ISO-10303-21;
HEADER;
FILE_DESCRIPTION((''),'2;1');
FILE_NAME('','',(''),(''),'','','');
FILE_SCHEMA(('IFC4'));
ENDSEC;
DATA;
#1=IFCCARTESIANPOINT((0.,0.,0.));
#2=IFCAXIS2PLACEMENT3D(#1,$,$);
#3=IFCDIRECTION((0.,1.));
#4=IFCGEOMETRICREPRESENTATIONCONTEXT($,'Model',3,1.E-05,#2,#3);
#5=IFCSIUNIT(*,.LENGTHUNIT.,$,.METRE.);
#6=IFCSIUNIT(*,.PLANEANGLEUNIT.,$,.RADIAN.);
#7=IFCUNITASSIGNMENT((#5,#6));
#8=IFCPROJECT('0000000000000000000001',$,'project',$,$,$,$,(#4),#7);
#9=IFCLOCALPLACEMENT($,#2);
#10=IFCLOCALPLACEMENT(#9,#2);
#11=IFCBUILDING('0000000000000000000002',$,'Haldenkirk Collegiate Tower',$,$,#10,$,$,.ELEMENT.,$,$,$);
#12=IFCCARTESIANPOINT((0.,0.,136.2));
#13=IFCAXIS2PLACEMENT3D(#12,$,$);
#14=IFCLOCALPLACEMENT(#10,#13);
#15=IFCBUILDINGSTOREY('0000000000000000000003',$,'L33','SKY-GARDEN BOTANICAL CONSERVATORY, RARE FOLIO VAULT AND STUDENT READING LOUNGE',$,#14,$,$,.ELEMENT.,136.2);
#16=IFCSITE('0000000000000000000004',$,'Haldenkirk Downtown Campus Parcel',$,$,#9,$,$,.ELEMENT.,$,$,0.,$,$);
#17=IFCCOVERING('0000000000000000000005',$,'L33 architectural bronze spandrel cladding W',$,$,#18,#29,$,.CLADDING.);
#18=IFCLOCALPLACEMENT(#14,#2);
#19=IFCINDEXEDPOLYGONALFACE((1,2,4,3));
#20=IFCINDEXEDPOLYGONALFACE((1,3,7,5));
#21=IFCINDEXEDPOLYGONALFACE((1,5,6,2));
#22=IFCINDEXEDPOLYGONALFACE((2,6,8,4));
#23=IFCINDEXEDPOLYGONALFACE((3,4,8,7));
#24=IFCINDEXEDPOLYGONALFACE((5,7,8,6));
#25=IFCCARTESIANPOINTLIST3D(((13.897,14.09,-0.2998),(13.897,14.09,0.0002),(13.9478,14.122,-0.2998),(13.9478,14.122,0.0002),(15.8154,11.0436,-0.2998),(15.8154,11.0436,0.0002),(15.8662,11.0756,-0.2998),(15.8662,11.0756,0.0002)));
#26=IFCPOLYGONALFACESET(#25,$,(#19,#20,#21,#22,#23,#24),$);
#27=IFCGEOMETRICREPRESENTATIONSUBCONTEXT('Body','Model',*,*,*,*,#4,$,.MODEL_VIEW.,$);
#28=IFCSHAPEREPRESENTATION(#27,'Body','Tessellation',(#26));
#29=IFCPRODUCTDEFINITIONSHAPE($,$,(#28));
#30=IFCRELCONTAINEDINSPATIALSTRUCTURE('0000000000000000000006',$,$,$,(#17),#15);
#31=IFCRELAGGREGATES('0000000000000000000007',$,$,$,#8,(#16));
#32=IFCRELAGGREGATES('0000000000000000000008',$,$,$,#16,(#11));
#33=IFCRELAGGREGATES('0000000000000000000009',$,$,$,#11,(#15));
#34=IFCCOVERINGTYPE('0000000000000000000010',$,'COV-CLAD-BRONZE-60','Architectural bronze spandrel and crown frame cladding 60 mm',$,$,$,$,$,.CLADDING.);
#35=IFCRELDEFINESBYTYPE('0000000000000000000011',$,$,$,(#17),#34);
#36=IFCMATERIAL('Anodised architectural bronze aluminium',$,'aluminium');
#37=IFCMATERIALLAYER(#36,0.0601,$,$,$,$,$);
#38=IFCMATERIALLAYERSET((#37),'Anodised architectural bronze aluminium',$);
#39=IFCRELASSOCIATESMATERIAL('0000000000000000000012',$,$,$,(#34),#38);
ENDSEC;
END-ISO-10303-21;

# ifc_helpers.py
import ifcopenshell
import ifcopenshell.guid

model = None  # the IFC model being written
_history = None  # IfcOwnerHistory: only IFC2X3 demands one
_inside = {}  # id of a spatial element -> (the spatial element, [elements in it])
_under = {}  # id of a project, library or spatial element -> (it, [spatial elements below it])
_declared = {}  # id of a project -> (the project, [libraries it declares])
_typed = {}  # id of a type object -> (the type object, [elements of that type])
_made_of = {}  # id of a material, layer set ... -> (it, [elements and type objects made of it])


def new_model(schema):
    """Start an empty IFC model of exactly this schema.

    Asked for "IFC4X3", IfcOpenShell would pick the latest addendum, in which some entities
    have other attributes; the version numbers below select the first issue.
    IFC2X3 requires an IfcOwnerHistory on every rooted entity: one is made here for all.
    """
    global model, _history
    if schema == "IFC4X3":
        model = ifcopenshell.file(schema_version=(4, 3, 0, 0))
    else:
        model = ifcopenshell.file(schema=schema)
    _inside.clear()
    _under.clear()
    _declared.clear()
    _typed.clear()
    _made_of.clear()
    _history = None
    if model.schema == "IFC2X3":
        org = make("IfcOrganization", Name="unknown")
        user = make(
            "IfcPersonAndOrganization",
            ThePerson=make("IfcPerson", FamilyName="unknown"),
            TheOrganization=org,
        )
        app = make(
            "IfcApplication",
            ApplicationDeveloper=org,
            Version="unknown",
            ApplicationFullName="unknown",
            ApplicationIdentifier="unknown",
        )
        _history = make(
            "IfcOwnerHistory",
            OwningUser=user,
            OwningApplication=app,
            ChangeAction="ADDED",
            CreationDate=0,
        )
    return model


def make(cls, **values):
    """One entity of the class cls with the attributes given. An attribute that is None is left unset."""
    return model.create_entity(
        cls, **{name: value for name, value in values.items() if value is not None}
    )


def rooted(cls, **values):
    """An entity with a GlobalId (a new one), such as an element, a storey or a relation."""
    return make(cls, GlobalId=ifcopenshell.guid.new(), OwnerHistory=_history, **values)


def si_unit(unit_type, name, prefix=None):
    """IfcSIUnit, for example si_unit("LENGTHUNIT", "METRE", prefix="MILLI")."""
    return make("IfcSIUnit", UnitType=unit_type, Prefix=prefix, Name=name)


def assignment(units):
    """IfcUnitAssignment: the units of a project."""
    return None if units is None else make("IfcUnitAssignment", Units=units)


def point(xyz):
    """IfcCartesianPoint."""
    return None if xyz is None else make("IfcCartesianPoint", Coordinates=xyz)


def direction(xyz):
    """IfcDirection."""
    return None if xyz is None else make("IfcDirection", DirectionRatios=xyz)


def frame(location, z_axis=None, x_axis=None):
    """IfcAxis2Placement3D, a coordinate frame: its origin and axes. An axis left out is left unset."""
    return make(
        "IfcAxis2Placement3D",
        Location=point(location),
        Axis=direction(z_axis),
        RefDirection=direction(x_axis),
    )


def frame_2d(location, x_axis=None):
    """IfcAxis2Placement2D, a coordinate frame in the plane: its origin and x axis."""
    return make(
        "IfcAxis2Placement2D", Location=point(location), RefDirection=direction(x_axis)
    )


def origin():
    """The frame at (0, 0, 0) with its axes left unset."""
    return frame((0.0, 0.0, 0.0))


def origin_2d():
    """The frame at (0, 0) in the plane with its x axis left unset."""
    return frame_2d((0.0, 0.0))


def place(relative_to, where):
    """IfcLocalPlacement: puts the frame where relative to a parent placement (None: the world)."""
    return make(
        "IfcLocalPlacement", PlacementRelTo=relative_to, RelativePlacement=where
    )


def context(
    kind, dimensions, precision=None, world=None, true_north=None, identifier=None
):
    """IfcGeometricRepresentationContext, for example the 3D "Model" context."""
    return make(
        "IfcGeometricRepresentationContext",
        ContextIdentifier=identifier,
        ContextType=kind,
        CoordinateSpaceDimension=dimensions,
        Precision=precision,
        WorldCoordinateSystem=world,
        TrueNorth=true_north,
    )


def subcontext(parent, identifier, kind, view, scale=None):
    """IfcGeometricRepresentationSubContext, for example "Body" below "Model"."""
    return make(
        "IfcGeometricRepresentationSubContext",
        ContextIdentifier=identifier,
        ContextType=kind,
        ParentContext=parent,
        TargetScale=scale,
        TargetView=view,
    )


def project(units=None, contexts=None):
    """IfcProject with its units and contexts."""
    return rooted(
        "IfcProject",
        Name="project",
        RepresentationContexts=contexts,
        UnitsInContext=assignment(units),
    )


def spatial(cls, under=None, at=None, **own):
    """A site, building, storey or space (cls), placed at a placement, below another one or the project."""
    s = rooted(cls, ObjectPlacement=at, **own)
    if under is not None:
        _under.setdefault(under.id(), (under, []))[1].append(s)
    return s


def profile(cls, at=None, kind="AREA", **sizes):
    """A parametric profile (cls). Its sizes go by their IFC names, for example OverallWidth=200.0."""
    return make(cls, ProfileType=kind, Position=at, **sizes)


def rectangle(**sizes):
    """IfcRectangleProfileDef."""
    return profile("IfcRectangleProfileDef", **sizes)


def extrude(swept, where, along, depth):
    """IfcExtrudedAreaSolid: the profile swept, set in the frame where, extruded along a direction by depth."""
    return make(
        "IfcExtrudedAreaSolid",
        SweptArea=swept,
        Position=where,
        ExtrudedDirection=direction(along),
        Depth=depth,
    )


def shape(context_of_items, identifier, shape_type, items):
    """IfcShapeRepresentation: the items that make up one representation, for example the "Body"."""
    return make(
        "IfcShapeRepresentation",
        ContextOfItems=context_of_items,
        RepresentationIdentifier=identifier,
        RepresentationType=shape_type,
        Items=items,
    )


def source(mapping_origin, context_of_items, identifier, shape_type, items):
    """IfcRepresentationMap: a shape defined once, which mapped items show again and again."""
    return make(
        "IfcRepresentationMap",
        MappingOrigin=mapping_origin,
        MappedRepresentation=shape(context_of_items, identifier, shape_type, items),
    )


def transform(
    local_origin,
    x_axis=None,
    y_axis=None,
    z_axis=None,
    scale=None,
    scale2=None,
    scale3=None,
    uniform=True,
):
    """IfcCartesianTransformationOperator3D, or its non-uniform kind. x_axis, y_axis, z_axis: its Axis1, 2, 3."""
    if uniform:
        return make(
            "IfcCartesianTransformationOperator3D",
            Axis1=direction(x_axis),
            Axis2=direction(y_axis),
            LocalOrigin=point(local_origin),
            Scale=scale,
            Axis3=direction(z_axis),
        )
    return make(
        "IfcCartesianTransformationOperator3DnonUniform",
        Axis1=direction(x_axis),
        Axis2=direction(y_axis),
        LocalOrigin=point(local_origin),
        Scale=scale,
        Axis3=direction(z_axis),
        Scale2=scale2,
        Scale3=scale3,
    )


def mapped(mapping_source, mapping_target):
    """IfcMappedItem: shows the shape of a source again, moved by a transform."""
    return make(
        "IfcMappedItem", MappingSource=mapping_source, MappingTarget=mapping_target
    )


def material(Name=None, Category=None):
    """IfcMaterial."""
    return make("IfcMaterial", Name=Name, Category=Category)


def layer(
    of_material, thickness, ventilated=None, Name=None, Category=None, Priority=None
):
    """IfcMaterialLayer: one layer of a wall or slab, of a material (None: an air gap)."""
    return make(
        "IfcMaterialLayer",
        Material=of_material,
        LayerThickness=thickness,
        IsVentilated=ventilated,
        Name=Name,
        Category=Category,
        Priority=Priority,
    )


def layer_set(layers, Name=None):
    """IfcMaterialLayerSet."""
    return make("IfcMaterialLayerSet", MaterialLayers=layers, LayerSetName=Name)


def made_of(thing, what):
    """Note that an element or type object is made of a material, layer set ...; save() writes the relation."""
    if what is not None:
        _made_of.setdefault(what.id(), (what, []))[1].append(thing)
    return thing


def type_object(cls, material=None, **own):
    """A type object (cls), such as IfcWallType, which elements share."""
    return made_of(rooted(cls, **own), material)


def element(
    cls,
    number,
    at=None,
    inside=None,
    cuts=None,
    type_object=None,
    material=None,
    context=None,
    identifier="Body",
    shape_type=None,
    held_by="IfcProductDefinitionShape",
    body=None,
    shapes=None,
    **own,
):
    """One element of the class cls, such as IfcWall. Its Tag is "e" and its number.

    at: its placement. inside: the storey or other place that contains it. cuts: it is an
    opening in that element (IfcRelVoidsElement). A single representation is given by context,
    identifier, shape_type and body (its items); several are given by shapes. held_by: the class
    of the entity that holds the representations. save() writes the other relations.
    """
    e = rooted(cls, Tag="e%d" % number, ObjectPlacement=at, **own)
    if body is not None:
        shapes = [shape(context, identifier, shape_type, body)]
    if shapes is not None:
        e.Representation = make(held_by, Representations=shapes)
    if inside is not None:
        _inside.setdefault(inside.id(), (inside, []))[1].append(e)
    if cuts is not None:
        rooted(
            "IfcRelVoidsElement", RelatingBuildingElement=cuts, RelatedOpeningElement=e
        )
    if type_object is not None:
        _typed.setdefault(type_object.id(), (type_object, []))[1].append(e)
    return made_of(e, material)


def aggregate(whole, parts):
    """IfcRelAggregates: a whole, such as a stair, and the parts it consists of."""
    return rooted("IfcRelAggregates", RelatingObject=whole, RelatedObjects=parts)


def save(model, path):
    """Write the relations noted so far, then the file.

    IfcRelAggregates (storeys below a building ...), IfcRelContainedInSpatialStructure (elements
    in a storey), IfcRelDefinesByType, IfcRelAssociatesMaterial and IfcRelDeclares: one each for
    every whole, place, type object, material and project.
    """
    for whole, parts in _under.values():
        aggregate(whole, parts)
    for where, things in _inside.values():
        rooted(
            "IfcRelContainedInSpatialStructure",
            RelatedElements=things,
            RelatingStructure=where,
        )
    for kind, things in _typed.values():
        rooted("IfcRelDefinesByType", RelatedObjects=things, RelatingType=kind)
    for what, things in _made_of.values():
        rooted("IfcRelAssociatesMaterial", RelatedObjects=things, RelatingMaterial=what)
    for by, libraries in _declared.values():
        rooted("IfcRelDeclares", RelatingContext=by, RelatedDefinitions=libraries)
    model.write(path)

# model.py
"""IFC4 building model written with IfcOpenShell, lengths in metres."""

from ifc_helpers import new_model, si_unit, direction, frame, origin, origin_2d, place, context, subcontext, project, spatial, rectangle, extrude, source, transform, mapped, material, layer, layer_set, type_object, element, save


model = new_model("IFC4")

# Units and contexts
model_context = context("Model", 3, precision=1e-05, world=origin(), true_north=direction((0.0, 1.0)))
body_context = subcontext(model_context, "Body", "Model", "MODEL_VIEW")
ifc_project = project(units=[si_unit("LENGTHUNIT", "METRE"), si_unit("PLANEANGLEUNIT", "RADIAN")], contexts=[model_context])

# Site, building, storey
site_placement = place(None, origin())
site = spatial("IfcSite", under=ifc_project, at=site_placement, Name="Haldenkirk Downtown Campus Parcel", CompositionType="ELEMENT", RefElevation=0.0)
building_placement = place(site_placement, origin())
building = spatial("IfcBuilding", under=site, at=building_placement, Name="Haldenkirk Collegiate Tower", CompositionType="ELEMENT")
storey_placement = place(building_placement, frame((0.0, 0.0, 136.2)))
storey = spatial("IfcBuildingStorey", under=building, at=storey_placement, Name="L33", Description="SKY-GARDEN BOTANICAL CONSERVATORY, RARE FOLIO VAULT AND STUDENT READING LOUNGE", CompositionType="ELEMENT", Elevation=136.2)

# Shared definitions
ifc_material_1 = material(Name="Anodised architectural bronze aluminium", Category="aluminium")

# Covering
ifc_layer_1 = layer(ifc_material_1, 0.0601)
ifc_layer_set_1 = layer_set([ifc_layer_1], Name="Anodised architectural bronze aluminium")
covering_type = type_object("IfcCoveringType", Name="COV-CLAD-BRONZE-60", Description="Architectural bronze spandrel and crown frame cladding 60 mm", PredefinedType="CLADDING", material=ifc_layer_set_1)
shared_shape_1 = source(origin(), body_context, "Body", "SweptSolid", [
    extrude(rectangle(XDim=3.6001, YDim=0.0601, at=origin_2d()), origin(), (0.0, 0.0, 1.0), 0.3),
])
covering_placement = place(storey_placement, frame((14.8816, 12.5828, -0.2998), z_axis=(0.0, 0.0, 1.0), x_axis=(-0.532876, 0.846193, 0.0)))
element("IfcCovering", 1, at=covering_placement, inside=storey, type_object=covering_type, Name="L33 architectural bronze spandrel cladding W", PredefinedType="CLADDING", context=body_context, shape_type="MappedRepresentation", body=[
    mapped(shared_shape_1, transform((0.0, 0.0, 0.0), x_axis=(1.0, 0.0, 0.0), y_axis=(0.0, 1.0, 0.0), z_axis=(0.0, 0.0, 1.0), scale=1.0)),
])

save(model, "model.ifc")
